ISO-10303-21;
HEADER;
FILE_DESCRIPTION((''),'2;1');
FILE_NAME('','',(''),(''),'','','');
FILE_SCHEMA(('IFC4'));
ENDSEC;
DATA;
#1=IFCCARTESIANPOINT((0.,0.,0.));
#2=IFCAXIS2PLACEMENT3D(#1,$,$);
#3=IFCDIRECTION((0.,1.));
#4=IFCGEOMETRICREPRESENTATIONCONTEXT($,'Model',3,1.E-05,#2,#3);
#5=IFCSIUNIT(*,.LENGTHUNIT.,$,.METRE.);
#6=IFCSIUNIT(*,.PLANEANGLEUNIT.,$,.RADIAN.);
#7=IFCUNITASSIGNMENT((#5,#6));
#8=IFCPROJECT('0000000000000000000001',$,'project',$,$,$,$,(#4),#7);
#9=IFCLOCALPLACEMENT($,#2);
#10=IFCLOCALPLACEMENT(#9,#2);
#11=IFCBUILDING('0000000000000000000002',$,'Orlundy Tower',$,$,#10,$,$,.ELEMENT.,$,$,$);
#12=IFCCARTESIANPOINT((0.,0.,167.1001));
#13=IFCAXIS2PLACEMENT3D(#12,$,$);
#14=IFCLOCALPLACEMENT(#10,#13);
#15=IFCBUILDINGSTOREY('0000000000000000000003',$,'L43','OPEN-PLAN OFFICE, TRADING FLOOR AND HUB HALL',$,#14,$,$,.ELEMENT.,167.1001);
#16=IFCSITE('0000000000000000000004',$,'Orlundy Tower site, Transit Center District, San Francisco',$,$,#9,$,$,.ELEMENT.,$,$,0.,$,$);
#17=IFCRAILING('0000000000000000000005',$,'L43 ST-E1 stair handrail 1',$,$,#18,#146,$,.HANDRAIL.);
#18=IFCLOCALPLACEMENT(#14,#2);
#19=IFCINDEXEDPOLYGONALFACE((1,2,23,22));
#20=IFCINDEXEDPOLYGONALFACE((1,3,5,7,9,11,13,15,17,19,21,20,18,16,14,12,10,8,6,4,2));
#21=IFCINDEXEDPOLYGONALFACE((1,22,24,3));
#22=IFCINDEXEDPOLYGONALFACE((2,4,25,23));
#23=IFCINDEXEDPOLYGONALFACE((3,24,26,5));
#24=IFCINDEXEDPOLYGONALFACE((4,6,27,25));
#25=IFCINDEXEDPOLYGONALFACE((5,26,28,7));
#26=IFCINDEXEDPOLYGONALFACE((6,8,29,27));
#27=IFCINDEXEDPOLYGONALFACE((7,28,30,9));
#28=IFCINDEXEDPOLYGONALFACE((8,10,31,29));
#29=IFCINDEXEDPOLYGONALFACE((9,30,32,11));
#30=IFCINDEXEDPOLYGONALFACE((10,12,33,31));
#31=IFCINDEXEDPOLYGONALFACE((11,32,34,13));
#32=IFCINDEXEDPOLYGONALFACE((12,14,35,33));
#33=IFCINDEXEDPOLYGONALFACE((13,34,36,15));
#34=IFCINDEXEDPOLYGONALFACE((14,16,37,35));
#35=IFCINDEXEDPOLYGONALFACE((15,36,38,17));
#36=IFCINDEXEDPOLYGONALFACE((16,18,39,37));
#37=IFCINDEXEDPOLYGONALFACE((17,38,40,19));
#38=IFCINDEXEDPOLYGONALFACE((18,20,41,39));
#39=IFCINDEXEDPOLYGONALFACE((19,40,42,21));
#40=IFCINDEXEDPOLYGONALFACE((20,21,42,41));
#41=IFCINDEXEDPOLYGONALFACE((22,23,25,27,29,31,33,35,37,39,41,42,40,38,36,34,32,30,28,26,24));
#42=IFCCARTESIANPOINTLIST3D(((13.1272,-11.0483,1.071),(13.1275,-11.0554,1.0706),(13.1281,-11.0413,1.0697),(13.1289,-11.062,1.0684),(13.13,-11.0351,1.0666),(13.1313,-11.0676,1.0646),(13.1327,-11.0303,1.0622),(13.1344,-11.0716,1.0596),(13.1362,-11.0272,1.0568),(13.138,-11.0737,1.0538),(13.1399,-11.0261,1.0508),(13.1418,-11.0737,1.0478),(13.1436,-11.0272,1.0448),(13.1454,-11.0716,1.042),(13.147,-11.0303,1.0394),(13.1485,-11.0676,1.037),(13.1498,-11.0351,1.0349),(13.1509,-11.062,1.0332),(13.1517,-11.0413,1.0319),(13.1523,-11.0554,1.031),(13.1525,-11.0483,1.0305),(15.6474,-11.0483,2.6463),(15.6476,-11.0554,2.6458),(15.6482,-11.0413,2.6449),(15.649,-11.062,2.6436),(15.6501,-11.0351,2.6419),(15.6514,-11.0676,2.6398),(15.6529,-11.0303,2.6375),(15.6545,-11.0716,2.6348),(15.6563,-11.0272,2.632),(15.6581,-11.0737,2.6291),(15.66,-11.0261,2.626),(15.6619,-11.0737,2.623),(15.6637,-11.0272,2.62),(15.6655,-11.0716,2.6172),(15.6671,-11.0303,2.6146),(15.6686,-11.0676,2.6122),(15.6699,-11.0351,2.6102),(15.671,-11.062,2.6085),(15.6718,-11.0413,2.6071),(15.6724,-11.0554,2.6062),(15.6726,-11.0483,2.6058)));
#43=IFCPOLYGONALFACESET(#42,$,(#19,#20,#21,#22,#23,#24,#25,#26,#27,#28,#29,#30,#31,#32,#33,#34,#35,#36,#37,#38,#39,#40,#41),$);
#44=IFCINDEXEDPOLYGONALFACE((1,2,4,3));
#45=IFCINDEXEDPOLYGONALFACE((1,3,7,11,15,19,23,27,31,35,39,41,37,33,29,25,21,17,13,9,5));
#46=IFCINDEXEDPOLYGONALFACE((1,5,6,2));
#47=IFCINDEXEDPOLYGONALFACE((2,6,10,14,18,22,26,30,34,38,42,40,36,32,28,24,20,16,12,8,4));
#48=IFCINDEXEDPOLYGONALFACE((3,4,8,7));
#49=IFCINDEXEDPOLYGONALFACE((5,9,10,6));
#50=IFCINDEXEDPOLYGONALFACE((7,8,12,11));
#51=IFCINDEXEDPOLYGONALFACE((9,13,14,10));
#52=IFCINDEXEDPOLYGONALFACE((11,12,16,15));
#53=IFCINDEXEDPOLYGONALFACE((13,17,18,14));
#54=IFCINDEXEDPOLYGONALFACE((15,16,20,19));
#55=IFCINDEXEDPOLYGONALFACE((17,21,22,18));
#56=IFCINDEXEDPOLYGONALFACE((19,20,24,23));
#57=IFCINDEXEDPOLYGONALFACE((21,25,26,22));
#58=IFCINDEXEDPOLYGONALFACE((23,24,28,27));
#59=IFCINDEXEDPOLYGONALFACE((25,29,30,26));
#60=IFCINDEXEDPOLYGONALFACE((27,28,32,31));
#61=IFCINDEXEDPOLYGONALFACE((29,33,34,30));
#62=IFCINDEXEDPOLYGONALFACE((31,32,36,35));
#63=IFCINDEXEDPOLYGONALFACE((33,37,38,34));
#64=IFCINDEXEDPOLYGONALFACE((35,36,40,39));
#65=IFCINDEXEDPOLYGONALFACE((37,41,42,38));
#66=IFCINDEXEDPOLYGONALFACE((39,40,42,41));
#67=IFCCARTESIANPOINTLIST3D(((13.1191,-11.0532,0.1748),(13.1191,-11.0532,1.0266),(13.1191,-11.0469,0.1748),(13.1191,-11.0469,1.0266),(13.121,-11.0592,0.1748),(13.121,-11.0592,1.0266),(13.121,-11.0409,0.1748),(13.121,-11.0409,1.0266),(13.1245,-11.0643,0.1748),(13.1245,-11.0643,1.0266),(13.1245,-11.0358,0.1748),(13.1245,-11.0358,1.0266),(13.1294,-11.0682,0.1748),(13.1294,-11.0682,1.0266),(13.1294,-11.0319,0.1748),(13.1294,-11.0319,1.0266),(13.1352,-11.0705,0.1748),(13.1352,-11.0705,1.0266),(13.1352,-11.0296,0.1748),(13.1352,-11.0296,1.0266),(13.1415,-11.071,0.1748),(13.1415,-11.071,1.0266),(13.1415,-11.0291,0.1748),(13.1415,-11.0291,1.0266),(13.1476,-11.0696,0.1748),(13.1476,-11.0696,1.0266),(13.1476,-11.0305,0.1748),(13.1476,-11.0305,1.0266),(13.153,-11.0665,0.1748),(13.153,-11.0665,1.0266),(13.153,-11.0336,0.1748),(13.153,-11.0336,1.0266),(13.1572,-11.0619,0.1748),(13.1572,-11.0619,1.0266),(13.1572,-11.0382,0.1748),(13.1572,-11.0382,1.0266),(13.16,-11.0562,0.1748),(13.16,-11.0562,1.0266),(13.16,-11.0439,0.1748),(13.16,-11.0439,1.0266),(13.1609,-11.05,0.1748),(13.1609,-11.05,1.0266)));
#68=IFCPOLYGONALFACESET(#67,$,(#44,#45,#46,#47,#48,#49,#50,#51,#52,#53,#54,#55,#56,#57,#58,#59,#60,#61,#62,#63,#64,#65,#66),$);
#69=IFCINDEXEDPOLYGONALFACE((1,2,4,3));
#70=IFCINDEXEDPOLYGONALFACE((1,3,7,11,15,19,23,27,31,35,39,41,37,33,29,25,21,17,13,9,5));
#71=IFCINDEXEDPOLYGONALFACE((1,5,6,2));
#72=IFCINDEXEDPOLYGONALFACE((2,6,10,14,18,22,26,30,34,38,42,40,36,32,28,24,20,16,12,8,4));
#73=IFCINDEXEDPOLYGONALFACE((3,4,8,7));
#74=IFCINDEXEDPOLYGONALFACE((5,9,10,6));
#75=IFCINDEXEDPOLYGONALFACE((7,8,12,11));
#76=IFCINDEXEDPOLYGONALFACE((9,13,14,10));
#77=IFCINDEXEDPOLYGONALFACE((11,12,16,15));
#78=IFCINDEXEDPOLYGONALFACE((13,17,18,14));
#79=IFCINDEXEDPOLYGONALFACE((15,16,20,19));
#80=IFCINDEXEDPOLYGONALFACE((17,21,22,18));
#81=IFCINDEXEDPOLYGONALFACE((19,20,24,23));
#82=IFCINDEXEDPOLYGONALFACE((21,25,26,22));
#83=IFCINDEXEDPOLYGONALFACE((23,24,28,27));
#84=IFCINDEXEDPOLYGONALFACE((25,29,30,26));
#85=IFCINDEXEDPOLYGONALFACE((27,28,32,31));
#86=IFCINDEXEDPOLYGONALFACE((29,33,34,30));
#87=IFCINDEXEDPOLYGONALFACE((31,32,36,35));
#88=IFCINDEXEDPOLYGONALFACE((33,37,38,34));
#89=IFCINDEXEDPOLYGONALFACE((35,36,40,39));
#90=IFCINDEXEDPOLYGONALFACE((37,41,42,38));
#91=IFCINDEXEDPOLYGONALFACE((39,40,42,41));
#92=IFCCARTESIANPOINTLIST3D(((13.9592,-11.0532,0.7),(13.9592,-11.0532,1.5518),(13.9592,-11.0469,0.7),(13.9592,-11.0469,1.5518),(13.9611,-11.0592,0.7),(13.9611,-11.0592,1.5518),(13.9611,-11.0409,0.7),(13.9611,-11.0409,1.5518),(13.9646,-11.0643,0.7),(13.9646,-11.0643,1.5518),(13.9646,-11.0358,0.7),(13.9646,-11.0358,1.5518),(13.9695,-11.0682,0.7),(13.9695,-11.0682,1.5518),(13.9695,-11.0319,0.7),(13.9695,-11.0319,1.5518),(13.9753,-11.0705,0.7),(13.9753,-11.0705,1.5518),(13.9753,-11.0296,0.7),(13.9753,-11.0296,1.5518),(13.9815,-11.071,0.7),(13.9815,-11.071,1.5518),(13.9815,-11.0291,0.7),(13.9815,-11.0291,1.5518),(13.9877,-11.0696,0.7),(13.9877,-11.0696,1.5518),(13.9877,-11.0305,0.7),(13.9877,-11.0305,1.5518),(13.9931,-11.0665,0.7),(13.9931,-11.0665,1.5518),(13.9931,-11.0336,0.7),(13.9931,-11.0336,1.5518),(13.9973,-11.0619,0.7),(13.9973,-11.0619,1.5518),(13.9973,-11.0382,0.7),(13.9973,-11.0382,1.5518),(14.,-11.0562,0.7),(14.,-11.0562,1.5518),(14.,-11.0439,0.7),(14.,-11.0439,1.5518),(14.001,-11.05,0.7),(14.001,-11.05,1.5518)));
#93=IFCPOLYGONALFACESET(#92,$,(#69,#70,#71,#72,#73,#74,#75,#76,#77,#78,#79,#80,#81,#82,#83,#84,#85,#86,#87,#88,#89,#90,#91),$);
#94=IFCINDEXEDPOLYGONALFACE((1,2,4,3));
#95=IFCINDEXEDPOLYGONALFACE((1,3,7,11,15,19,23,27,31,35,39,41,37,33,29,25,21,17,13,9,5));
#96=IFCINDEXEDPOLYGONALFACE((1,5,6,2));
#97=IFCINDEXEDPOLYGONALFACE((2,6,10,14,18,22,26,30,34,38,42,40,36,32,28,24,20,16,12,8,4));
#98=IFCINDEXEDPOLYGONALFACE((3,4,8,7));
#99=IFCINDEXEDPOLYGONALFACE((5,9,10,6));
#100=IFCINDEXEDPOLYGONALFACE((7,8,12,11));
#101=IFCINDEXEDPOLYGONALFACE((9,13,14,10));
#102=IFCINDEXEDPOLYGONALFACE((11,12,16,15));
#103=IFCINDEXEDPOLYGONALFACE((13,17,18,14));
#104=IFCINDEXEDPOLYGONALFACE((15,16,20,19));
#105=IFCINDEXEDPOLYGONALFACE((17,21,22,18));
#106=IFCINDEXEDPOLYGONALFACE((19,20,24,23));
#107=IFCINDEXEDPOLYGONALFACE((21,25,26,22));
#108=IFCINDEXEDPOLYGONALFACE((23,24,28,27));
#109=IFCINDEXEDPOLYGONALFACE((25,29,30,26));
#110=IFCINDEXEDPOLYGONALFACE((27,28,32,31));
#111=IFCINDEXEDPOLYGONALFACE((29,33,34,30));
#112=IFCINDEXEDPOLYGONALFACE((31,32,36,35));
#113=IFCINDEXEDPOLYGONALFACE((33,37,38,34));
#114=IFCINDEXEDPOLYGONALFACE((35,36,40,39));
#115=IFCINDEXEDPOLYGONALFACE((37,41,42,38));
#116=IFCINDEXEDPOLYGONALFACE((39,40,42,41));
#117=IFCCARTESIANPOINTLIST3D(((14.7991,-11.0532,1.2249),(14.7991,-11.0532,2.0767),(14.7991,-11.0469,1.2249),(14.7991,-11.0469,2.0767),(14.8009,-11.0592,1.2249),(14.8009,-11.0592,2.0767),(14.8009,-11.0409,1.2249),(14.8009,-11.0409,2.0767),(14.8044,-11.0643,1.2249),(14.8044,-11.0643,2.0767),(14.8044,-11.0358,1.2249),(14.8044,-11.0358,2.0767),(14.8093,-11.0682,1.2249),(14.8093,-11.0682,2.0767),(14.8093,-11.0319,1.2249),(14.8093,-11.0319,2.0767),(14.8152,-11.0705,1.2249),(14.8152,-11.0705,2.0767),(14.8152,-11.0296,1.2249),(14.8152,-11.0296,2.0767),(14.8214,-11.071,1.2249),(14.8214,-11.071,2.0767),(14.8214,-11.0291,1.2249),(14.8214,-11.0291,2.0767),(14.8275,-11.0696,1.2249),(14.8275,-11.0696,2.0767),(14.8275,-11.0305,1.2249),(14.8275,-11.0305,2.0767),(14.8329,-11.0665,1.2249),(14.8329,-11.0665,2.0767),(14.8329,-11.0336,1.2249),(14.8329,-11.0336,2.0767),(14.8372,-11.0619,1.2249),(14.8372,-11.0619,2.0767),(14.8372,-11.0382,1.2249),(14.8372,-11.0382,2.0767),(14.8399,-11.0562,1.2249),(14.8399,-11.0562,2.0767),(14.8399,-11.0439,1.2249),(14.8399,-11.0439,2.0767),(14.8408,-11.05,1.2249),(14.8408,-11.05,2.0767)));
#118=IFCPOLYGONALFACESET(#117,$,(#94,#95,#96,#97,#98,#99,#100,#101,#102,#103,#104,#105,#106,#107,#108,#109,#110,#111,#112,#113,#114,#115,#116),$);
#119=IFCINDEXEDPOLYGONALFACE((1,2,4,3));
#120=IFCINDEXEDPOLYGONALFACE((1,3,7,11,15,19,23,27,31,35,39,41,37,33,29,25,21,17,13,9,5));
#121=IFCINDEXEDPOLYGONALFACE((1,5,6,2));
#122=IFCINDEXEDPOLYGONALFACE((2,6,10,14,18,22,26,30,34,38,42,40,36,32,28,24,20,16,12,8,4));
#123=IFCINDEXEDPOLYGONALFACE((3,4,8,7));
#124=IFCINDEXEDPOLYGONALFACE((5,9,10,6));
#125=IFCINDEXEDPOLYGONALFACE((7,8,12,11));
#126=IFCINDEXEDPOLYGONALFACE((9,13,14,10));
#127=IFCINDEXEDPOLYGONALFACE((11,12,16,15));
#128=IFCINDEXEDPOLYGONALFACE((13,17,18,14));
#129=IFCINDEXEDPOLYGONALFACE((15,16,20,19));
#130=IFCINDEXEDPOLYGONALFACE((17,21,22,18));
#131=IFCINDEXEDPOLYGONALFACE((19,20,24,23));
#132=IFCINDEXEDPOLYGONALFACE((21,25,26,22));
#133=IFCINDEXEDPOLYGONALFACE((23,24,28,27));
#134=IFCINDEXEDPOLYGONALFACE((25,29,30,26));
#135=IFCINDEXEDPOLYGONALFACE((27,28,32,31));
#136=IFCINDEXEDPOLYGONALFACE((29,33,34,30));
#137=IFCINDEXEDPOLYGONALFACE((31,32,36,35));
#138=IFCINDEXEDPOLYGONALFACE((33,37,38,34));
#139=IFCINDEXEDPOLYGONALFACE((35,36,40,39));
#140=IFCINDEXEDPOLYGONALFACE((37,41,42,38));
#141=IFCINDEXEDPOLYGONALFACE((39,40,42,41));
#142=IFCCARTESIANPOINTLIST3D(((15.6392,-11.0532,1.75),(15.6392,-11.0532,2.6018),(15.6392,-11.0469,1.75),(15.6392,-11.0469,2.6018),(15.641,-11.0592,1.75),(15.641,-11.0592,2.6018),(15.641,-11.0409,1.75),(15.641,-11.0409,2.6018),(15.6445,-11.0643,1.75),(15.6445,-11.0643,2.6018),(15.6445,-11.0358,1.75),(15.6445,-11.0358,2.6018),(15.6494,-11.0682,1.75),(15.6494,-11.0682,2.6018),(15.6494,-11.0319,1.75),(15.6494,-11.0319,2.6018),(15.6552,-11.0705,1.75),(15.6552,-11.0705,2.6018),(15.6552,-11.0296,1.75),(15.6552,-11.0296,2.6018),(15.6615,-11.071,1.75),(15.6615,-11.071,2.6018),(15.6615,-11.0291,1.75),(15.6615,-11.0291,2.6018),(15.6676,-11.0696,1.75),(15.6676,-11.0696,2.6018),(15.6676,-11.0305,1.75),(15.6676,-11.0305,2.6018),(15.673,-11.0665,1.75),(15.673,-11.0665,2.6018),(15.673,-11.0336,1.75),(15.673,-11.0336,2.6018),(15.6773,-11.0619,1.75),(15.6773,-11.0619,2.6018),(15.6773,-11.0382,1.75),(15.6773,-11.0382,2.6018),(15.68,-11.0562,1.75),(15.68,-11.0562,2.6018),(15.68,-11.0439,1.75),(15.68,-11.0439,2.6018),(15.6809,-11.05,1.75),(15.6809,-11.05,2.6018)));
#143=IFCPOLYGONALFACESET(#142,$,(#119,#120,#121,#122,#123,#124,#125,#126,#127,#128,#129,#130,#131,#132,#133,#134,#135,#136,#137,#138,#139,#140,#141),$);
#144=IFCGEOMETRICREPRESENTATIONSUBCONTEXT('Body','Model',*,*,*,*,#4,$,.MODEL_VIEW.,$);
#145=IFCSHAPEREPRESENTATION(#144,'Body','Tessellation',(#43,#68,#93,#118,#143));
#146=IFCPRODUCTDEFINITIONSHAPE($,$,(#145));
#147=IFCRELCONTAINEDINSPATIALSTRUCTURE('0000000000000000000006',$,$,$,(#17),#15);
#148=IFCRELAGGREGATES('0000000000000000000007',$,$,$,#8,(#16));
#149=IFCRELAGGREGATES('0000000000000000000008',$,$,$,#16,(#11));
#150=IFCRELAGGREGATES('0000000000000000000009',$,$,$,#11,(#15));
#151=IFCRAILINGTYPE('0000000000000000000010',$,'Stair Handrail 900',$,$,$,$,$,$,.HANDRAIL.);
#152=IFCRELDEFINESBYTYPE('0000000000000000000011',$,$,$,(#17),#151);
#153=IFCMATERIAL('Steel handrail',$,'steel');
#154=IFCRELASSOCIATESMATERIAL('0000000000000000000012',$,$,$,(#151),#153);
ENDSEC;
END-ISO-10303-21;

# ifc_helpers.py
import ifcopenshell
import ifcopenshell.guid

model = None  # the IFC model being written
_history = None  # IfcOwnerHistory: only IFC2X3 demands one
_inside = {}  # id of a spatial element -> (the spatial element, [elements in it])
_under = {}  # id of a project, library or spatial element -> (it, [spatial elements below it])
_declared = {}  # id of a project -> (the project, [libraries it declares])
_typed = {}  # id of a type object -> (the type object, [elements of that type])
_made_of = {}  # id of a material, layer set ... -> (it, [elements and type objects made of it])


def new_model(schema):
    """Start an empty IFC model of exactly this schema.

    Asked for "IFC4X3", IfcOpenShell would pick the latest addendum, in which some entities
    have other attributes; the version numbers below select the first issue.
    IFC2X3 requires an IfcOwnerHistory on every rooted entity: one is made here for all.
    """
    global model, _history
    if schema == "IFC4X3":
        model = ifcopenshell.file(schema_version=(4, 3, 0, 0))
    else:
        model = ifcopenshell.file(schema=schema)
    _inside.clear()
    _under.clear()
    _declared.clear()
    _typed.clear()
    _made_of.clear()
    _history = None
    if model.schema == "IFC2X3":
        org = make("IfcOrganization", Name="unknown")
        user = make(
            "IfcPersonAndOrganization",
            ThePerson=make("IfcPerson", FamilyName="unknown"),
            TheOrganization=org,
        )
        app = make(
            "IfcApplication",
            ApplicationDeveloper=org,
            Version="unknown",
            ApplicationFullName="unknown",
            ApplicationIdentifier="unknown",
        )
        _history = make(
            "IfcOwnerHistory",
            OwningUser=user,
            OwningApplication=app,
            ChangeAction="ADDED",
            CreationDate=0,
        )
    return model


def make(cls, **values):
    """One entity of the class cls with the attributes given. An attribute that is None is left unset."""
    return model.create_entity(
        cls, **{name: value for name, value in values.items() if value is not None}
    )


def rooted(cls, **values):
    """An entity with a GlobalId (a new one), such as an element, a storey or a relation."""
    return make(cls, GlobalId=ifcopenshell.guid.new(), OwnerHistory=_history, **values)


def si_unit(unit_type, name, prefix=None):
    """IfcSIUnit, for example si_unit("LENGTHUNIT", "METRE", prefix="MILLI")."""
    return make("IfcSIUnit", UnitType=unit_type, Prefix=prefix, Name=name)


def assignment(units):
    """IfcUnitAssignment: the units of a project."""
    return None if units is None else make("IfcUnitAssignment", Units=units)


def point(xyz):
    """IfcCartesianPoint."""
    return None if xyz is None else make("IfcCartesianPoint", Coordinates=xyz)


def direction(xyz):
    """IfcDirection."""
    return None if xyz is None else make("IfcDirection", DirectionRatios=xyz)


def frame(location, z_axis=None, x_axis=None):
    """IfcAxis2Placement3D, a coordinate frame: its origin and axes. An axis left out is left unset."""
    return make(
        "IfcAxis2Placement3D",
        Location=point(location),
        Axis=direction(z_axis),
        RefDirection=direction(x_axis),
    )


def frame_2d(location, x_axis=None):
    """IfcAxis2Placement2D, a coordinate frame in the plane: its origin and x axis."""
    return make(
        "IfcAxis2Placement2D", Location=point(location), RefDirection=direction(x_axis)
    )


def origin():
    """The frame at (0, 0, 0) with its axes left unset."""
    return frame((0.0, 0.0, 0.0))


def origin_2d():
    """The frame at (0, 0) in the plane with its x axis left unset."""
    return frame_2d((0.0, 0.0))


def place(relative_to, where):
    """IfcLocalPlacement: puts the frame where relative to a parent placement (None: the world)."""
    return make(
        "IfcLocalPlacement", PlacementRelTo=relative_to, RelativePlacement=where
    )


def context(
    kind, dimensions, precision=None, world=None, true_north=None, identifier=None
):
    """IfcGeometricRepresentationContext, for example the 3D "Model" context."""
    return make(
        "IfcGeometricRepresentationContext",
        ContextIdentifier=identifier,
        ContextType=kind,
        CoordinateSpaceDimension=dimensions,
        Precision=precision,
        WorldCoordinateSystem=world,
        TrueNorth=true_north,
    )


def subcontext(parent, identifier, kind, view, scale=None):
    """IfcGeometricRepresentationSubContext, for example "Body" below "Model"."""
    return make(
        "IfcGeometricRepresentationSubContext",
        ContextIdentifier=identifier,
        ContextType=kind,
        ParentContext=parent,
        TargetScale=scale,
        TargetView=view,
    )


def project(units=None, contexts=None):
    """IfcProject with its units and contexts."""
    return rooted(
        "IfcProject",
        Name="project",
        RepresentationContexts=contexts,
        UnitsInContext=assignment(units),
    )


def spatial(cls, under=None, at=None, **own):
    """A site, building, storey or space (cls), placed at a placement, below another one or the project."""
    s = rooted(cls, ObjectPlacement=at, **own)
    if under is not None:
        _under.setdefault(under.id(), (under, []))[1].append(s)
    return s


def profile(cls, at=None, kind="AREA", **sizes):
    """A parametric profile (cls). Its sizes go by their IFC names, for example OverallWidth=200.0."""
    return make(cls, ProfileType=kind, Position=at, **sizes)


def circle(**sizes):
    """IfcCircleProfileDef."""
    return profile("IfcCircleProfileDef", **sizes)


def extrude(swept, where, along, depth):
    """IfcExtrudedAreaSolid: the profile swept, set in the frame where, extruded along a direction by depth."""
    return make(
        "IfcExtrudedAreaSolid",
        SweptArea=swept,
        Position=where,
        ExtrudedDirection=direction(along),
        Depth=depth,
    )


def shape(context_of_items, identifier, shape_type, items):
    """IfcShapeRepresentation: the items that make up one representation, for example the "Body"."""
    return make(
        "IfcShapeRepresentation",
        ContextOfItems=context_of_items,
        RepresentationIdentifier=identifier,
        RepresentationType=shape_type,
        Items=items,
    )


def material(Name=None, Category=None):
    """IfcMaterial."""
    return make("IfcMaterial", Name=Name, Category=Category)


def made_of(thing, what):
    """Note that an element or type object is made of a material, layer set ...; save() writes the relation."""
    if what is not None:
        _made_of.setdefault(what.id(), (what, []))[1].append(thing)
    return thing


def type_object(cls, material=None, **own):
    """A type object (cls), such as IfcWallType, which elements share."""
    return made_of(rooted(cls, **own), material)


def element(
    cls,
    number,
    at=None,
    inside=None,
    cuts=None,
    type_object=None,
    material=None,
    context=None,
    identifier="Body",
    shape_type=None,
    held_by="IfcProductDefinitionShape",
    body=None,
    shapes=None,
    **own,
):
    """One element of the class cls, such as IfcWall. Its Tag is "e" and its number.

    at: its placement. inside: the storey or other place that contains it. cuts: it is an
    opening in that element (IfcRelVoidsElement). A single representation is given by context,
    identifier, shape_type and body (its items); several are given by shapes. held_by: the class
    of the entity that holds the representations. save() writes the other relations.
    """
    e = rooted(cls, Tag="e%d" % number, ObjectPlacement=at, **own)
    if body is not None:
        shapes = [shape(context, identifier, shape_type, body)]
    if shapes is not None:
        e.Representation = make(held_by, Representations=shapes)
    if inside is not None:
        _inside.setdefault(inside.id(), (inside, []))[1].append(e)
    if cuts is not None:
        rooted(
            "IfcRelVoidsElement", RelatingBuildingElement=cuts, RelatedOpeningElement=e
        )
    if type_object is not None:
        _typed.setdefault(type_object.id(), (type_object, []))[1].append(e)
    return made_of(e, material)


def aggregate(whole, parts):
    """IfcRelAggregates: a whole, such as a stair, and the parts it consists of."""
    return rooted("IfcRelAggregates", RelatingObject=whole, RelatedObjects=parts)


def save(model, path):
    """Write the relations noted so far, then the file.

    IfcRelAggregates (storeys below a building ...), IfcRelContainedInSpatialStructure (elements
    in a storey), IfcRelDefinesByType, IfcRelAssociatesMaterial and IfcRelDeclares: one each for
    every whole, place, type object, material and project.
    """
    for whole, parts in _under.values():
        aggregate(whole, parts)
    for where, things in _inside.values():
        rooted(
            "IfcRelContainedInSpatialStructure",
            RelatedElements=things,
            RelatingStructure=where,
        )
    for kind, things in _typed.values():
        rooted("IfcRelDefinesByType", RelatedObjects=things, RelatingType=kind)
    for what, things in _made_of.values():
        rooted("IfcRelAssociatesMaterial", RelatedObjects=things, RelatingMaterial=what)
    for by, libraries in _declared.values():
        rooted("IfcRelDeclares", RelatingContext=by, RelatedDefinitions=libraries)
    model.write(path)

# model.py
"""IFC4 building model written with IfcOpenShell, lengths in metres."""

from ifc_helpers import new_model, si_unit, direction, frame, origin, origin_2d, place, context, subcontext, project, spatial, circle, extrude, material, type_object, element, save


model = new_model("IFC4")

# Units and contexts
model_context = context("Model", 3, precision=1e-05, world=origin(), true_north=direction((0.0, 1.0)))
body_context = subcontext(model_context, "Body", "Model", "MODEL_VIEW")
ifc_project = project(units=[si_unit("LENGTHUNIT", "METRE"), si_unit("PLANEANGLEUNIT", "RADIAN")], contexts=[model_context])

# Site, building, storey
site_placement = place(None, origin())
site = spatial("IfcSite", under=ifc_project, at=site_placement, Name="Orlundy Tower site, Transit Center District, San Francisco", CompositionType="ELEMENT", RefElevation=0.0)
building_placement = place(site_placement, origin())
building = spatial("IfcBuilding", under=site, at=building_placement, Name="Orlundy Tower", CompositionType="ELEMENT")
storey_placement = place(building_placement, frame((0.0, 0.0, 167.1001)))
storey = spatial("IfcBuildingStorey", under=building, at=storey_placement, Name="L43", Description="OPEN-PLAN OFFICE, TRADING FLOOR AND HUB HALL", CompositionType="ELEMENT", Elevation=167.1001)

# Railing
ifc_material_1 = material(Name="Steel handrail", Category="steel")
railing_type_1 = type_object("IfcRailingType", Name="Stair Handrail 900", PredefinedType="HANDRAIL", material=ifc_material_1)
railing_1_placement = place(storey_placement, frame((13.1399, -11.05, 0.1748)))
element("IfcRailing", 1, at=railing_1_placement, inside=storey, type_object=railing_type_1, Name="L43 ST-E1 stair handrail 1", PredefinedType="HANDRAIL", context=body_context, shape_type="SweptSolid", body=[
    extrude(circle(Radius=0.0239, at=origin_2d()), frame((0.0, 0.0, 0.876), z_axis=(0.847971, 0.0, 0.530043), x_axis=(0.0, 1.0, 0.0)), (0.0, 0.0, 1.0), 2.9719),
    extrude(circle(Radius=0.021, at=origin_2d()), origin(), (0.0, 0.0, 1.0), 0.8518),
    extrude(circle(Radius=0.021, at=origin_2d()), frame((0.8401, 0.0, 0.5251)), (0.0, 0.0, 1.0), 0.8518),
    extrude(circle(Radius=0.021, at=origin_2d()), frame((1.6799, 0.0, 1.05)), (0.0, 0.0, 1.0), 0.8518),
    extrude(circle(Radius=0.021, at=origin_2d()), frame((2.52, 0.0, 1.5752)), (0.0, 0.0, 1.0), 0.8518),
])

save(model, "model.ifc")
